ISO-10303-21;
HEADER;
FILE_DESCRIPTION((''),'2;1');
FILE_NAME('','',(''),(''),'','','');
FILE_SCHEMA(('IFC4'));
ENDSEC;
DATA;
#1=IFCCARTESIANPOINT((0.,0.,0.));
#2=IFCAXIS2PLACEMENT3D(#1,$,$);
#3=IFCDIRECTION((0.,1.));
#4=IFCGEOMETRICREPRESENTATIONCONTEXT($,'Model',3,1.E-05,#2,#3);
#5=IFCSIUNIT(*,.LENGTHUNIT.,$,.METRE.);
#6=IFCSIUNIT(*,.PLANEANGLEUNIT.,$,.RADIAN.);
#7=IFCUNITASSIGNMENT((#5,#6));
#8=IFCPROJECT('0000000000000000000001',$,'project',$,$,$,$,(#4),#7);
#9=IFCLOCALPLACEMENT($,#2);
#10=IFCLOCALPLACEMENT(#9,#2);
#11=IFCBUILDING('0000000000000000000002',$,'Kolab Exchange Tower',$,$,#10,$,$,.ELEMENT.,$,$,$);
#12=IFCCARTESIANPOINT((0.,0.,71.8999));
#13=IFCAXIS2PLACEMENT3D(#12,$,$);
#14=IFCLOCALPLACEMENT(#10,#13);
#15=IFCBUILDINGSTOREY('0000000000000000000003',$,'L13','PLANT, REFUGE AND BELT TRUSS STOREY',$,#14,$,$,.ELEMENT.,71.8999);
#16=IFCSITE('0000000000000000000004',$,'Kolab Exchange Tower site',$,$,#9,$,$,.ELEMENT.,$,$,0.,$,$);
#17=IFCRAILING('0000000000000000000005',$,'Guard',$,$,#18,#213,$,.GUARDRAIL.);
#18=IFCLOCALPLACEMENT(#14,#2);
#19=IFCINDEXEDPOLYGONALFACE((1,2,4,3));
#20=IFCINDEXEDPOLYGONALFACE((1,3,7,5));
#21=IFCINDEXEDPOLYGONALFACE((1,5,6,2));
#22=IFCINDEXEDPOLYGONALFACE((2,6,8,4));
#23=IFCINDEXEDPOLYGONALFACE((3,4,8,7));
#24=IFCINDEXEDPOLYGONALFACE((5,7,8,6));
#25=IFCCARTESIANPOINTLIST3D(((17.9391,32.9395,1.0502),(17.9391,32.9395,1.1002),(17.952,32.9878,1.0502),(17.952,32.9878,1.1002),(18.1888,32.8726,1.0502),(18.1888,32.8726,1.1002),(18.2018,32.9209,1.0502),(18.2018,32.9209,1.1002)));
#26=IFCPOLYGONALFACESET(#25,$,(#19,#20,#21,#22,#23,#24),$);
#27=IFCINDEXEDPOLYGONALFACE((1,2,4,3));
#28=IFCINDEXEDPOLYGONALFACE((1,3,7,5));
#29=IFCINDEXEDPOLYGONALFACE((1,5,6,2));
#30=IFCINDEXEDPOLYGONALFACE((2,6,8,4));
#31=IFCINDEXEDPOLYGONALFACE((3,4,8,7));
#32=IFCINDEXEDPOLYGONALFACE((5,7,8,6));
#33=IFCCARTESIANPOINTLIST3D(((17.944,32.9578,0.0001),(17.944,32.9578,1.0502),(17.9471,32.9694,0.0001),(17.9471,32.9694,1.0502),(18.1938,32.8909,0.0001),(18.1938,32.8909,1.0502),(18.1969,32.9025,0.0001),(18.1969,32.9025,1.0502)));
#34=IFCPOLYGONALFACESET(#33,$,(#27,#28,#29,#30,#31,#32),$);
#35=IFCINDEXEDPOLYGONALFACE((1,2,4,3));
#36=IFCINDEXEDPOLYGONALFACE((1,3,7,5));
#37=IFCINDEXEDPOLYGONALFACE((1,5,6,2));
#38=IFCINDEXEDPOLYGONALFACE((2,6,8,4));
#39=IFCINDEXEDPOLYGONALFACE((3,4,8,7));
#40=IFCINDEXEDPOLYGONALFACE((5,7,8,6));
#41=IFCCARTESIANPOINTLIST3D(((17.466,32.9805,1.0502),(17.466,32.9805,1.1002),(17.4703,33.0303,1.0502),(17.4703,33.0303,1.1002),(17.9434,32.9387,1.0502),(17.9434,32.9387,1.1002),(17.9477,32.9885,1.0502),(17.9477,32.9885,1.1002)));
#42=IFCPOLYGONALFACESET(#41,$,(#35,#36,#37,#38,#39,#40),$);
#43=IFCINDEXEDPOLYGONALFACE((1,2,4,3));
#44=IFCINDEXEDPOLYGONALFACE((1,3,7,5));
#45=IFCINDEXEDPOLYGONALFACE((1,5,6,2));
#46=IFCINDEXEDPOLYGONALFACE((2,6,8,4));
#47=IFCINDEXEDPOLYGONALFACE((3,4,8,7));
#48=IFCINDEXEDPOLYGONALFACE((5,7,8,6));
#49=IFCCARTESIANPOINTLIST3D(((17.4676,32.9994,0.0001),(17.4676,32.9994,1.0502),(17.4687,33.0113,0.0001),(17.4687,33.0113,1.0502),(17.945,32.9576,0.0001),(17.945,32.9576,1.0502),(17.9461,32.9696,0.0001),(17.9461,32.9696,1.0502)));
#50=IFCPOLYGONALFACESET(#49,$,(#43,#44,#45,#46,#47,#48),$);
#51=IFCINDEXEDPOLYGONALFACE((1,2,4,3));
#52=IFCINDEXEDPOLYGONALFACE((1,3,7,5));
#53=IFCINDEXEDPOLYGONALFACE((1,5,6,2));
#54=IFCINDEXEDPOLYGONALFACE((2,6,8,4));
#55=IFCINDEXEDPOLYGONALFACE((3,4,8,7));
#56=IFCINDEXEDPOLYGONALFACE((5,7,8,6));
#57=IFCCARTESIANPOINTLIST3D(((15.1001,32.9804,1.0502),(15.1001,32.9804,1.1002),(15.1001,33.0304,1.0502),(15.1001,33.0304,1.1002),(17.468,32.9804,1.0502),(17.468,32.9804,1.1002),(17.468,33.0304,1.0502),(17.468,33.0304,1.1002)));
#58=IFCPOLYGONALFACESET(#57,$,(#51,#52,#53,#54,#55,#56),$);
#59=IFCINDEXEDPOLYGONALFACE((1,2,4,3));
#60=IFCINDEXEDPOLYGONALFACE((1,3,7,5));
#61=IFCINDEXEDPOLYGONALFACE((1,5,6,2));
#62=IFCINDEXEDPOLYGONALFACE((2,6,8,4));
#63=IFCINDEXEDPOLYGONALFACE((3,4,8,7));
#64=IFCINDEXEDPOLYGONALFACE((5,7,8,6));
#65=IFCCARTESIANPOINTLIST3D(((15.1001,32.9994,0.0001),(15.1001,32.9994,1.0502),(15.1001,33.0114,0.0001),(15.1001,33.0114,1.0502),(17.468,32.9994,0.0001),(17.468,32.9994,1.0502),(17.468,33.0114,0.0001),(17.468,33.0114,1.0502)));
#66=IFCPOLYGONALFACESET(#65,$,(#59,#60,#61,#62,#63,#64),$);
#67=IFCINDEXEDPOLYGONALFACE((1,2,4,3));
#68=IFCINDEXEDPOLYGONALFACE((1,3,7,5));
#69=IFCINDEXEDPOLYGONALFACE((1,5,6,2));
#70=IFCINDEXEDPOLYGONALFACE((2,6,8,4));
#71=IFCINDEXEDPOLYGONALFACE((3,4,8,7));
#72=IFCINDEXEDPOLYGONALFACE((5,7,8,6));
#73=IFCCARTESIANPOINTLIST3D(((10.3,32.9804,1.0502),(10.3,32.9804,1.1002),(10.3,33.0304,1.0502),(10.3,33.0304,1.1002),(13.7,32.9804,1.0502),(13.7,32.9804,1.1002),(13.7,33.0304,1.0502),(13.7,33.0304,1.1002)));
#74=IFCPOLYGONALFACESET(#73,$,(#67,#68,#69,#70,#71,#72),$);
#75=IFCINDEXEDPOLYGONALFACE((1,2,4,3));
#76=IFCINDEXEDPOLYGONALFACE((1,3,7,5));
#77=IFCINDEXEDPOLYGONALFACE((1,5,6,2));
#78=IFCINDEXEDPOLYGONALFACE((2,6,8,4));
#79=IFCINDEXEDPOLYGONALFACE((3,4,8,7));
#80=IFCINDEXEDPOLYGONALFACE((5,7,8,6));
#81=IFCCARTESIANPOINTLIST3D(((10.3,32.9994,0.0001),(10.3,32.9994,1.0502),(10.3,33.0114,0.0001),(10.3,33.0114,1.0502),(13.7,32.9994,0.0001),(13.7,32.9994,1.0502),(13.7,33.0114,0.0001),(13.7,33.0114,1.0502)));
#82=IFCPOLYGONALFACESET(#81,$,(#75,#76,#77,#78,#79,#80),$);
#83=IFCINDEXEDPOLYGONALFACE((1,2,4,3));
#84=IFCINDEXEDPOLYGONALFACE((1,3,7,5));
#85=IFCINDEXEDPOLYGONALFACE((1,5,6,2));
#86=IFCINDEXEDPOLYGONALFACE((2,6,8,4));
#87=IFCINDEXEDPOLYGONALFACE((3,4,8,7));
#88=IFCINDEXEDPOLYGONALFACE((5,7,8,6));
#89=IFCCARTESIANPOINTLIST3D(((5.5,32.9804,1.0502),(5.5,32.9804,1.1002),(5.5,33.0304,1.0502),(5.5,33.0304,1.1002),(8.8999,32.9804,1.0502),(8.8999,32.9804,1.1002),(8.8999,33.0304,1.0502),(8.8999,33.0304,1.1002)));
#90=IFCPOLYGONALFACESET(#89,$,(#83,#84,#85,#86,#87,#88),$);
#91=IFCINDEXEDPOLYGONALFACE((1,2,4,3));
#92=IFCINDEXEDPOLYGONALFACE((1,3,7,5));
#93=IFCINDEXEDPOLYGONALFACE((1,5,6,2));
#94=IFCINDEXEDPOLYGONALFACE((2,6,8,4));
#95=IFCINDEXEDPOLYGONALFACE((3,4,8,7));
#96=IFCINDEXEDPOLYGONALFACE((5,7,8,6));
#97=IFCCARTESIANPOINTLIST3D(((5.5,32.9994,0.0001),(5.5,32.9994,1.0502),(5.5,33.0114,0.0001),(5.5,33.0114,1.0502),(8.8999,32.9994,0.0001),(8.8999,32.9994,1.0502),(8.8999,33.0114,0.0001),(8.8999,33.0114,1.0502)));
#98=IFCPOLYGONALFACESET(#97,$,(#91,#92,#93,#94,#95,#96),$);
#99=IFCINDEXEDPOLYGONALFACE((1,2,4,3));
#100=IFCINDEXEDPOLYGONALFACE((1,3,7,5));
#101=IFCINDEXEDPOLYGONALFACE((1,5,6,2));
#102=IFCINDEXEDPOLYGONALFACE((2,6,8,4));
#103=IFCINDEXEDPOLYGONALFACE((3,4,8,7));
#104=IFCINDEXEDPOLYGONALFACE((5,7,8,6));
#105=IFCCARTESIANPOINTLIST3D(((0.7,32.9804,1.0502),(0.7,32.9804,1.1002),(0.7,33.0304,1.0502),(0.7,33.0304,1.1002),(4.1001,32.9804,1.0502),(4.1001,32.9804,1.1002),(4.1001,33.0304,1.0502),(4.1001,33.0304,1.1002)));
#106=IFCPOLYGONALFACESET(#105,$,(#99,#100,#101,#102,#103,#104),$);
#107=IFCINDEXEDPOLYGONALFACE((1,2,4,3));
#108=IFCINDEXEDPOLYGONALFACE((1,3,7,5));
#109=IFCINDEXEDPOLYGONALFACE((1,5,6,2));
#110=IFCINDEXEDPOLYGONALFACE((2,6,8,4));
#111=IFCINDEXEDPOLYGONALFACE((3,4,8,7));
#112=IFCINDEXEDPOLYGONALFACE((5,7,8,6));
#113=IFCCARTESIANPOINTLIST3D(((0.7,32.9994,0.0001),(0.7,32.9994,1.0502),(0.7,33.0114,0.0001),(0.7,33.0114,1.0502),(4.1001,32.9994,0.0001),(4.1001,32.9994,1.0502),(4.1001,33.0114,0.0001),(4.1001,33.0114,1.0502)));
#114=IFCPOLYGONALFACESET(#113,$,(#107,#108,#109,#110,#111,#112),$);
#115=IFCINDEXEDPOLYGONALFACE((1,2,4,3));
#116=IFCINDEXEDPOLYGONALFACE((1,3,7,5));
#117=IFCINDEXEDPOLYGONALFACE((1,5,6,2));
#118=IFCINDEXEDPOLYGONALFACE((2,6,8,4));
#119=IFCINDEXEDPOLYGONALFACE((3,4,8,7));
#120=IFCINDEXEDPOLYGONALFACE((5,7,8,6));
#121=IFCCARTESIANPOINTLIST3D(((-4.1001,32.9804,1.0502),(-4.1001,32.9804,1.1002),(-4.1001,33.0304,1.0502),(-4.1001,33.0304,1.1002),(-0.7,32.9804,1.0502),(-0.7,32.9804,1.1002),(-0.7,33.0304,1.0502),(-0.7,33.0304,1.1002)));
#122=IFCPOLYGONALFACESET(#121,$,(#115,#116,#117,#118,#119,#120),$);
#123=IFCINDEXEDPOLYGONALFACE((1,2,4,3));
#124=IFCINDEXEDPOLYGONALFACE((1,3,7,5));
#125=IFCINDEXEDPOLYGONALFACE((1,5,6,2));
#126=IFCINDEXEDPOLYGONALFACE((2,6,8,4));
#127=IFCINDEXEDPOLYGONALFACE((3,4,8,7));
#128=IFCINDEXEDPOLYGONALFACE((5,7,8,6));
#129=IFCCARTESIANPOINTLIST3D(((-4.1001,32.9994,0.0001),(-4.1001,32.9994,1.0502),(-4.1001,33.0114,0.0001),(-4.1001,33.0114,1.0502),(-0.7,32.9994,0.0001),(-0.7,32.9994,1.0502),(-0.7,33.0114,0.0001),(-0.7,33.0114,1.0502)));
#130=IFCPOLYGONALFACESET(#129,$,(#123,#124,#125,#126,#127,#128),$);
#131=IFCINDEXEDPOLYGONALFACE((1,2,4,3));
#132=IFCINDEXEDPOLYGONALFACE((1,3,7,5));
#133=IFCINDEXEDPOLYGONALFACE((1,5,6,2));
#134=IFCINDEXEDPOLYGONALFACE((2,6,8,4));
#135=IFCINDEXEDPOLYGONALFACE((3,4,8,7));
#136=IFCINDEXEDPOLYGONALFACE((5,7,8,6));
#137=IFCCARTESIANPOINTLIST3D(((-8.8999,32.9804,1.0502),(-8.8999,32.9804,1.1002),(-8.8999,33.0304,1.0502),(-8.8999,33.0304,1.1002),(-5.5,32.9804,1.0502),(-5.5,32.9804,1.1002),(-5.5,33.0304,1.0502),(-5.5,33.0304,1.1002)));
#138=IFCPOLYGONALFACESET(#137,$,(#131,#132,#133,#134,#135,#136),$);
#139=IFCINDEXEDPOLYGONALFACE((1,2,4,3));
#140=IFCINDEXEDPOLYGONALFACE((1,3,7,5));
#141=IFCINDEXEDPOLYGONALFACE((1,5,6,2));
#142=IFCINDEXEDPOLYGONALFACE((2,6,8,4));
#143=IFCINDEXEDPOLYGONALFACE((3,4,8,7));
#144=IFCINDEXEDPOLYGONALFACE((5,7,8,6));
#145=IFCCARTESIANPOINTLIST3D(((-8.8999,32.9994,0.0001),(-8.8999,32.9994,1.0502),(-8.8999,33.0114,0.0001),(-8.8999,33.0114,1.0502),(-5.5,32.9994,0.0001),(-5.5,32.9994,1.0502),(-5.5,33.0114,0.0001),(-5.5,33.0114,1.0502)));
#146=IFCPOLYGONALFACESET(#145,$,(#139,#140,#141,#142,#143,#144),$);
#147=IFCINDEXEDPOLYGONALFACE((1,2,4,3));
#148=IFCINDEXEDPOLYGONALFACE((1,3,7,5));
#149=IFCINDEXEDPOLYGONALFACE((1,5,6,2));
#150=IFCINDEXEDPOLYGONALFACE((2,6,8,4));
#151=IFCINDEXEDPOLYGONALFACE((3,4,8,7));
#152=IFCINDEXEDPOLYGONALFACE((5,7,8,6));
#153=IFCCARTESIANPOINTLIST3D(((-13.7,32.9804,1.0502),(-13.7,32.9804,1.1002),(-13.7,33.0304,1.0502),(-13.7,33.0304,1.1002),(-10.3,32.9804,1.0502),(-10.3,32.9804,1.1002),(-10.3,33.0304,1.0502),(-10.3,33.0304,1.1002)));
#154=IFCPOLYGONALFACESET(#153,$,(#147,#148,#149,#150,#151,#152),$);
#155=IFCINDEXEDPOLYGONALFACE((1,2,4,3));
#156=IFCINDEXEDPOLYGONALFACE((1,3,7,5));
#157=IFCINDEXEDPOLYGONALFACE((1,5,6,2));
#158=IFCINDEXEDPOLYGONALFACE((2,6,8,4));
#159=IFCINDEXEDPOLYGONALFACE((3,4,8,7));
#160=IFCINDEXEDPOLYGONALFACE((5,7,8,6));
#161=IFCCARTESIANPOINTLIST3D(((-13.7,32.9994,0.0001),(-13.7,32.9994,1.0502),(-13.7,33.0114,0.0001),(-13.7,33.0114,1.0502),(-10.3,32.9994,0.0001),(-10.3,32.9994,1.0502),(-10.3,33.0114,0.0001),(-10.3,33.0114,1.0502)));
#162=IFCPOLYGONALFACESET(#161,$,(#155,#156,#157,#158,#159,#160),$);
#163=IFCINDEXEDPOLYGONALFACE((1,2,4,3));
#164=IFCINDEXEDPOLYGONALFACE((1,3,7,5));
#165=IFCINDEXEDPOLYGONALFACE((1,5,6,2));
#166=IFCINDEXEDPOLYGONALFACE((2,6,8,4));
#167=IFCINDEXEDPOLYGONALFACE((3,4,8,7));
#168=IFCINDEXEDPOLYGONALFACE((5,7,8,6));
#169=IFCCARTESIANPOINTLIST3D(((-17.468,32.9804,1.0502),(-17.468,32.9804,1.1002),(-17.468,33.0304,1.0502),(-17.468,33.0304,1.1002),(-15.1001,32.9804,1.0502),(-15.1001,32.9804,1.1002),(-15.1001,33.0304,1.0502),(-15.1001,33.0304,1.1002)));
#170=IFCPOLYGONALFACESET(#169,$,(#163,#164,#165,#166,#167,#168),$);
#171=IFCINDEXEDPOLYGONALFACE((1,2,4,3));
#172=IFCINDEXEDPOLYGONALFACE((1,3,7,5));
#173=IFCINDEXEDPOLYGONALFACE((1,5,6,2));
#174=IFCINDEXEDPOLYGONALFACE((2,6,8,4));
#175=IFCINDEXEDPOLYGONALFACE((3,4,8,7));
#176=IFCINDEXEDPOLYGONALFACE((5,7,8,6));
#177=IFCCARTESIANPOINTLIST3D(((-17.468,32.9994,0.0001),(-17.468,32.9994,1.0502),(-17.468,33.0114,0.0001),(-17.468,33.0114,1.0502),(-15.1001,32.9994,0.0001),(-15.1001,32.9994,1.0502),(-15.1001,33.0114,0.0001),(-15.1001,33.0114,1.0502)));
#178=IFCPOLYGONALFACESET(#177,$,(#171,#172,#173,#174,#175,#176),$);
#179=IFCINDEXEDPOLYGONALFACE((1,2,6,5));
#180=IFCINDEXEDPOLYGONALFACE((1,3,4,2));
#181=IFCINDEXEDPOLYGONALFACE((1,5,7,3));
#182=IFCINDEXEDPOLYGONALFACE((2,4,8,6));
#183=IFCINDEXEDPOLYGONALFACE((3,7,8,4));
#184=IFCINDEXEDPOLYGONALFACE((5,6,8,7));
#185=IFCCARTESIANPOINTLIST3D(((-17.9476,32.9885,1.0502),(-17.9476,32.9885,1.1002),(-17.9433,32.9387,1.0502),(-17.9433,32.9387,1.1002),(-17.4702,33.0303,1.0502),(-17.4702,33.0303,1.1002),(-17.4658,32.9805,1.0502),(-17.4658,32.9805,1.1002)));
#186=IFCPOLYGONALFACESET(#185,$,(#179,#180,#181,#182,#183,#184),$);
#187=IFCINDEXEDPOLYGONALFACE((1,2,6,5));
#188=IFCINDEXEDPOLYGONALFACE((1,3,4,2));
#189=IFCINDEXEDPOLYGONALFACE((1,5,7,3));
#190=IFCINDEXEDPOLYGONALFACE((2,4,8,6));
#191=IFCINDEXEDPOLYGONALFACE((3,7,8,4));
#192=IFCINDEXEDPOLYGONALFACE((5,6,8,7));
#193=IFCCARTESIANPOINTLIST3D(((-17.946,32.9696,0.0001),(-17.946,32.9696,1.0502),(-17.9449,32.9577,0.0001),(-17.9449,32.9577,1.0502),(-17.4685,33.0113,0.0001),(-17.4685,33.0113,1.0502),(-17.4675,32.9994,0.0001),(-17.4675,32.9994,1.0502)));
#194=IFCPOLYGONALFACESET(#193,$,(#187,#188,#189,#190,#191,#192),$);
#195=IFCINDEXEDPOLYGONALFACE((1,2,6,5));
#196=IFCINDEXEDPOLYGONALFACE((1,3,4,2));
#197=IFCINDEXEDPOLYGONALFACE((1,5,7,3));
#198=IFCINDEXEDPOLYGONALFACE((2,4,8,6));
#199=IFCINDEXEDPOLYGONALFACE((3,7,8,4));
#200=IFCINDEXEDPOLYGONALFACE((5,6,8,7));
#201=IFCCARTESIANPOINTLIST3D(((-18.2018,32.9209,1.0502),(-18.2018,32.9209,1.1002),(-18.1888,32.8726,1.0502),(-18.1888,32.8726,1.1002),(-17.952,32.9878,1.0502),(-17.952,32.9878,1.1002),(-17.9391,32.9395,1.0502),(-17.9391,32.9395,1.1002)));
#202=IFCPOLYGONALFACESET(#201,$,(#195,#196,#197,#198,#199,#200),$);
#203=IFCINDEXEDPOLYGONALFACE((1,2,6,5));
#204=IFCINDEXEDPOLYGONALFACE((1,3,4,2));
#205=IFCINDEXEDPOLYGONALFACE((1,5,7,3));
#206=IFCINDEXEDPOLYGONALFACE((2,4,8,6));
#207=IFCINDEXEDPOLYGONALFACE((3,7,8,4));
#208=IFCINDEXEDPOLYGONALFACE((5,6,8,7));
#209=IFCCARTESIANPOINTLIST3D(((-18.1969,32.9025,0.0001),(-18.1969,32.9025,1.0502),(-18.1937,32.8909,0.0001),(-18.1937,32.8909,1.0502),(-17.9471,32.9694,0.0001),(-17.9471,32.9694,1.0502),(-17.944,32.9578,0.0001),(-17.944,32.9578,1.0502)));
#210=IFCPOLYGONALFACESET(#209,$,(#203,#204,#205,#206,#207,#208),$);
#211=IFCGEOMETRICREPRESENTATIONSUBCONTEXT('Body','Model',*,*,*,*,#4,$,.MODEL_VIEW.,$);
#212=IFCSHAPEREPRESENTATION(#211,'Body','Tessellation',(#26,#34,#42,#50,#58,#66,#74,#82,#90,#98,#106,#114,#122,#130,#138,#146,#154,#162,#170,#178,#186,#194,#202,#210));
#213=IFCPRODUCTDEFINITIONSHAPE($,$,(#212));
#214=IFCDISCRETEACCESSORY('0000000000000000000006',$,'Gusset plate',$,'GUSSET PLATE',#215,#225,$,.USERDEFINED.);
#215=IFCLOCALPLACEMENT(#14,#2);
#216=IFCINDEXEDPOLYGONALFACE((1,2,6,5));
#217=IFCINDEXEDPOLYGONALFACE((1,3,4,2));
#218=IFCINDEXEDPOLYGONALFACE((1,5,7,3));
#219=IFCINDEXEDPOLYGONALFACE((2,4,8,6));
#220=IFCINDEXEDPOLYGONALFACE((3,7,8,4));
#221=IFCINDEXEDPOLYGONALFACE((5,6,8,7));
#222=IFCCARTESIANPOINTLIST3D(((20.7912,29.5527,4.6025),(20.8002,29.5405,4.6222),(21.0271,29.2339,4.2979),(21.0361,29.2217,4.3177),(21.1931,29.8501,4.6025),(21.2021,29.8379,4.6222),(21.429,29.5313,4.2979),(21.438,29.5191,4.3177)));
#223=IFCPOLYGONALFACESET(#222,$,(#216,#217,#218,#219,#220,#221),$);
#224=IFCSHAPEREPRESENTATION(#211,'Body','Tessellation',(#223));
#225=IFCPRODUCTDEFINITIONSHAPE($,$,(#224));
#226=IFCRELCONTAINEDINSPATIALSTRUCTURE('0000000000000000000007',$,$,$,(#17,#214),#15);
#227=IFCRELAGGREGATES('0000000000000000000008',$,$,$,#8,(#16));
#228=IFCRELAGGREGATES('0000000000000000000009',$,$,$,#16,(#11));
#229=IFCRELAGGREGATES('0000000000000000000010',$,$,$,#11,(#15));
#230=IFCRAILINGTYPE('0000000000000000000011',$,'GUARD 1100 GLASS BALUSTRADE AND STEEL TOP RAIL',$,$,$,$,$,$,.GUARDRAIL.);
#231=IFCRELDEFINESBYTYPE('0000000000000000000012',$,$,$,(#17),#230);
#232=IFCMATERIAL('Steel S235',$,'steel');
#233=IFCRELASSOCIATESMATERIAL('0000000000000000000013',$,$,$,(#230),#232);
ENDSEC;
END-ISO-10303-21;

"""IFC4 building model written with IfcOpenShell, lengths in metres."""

from ifc_helpers import new_model, si_unit, direction, frame, frame_2d, origin, origin_2d, place, context, subcontext, project, spatial, rectangle, extrude, material, type_object, element, save


model = new_model("IFC4")

# Units and contexts
model_context = context("Model", 3, precision=1e-05, world=origin(), true_north=direction((0.0, 1.0)))
body_context = subcontext(model_context, "Body", "Model", "MODEL_VIEW")
ifc_project = project(units=[si_unit("LENGTHUNIT", "METRE"), si_unit("PLANEANGLEUNIT", "RADIAN")], contexts=[model_context])

# Site, building, storey
site_placement = place(None, origin())
site = spatial("IfcSite", under=ifc_project, at=site_placement, Name="Kolab Exchange Tower site", CompositionType="ELEMENT", RefElevation=0.0)
building_placement = place(site_placement, origin())
building = spatial("IfcBuilding", under=site, at=building_placement, Name="Kolab Exchange Tower", CompositionType="ELEMENT")
storey_placement = place(building_placement, frame((0.0, 0.0, 71.8999)))
storey = spatial("IfcBuildingStorey", under=building, at=storey_placement, Name="L13", Description="PLANT, REFUGE AND BELT TRUSS STOREY", CompositionType="ELEMENT", Elevation=71.8999)

# Railing
ifc_material_1 = material(Name="Steel S235", Category="steel")
railing_type = type_object("IfcRailingType", Name="GUARD 1100 GLASS BALUSTRADE AND STEEL TOP RAIL", PredefinedType="GUARDRAIL", material=ifc_material_1)
railing_placement = place(storey_placement, frame((18.1953, 32.8967, 0.0)))
element("IfcRailing", 1, at=railing_placement, inside=storey, type_object=railing_type, Name="Guard", PredefinedType="GUARDRAIL", context=body_context, shape_type="SweptSolid", body=[
    extrude(rectangle(XDim=0.05, YDim=0.05, at=origin_2d()), frame((0.0, 0.0, 1.0752), z_axis=(-0.965952, 0.25872, 0.0), x_axis=(-0.25872, -0.965952, 0.0)), (0.0, 0.0, 1.0), 0.2585),
    extrude(rectangle(XDim=0.012, YDim=1.0501, at=frame_2d((0.0, 0.5251))), frame((0.0, 0.0, 0.0), z_axis=(-0.965952, 0.25872, 0.0), x_axis=(-0.25872, -0.965952, 0.0)), (0.0, 0.0, 1.0), 0.2585),
    extrude(rectangle(XDim=0.05, YDim=0.05, at=origin_2d()), frame((-0.2498, 0.0669, 1.0752), z_axis=(-0.9962, 0.087091, 0.0), x_axis=(-0.087091, -0.9962, 0.0)), (0.0, 0.0, 1.0), 0.4792),
    extrude(rectangle(XDim=0.012, YDim=1.0501, at=frame_2d((0.0, 0.5251))), frame((-0.2498, 0.0669, 0.0), z_axis=(-0.9962, 0.087091, 0.0), x_axis=(-0.087091, -0.9962, 0.0)), (0.0, 0.0, 1.0), 0.4792),
    extrude(rectangle(XDim=0.05, YDim=0.05, at=origin_2d()), frame((-0.7273, 0.1086, 1.0752), z_axis=(-1.0, 0.0, 0.0), x_axis=(0.0, -1.0, 0.0)), (0.0, 0.0, 1.0), 2.3679),
    extrude(rectangle(XDim=0.012, YDim=1.0501, at=frame_2d((0.0, 0.5251))), frame((-0.7273, 0.1086, 0.0), z_axis=(-1.0, 0.0, 0.0), x_axis=(0.0, -1.0, 0.0)), (0.0, 0.0, 1.0), 2.3679),
    extrude(rectangle(XDim=0.05, YDim=0.05, at=origin_2d()), frame((-4.4954, 0.1086, 1.0752), z_axis=(-1.0, 0.0, 0.0), x_axis=(0.0, -1.0, 0.0)), (0.0, 0.0, 1.0), 3.3999),
    extrude(rectangle(XDim=0.012, YDim=1.0501, at=frame_2d((0.0, 0.5251))), frame((-4.4954, 0.1086, 0.0), z_axis=(-1.0, 0.0, 0.0), x_axis=(0.0, -1.0, 0.0)), (0.0, 0.0, 1.0), 3.3999),
    extrude(rectangle(XDim=0.05, YDim=0.05, at=origin_2d()), frame((-9.2954, 0.1086, 1.0752), z_axis=(-1.0, 0.0, 0.0), x_axis=(0.0, -1.0, 0.0)), (0.0, 0.0, 1.0), 3.3999),
    extrude(rectangle(XDim=0.012, YDim=1.0501, at=frame_2d((0.0, 0.5251))), frame((-9.2954, 0.1086, 0.0), z_axis=(-1.0, 0.0, 0.0), x_axis=(0.0, -1.0, 0.0)), (0.0, 0.0, 1.0), 3.3999),
    extrude(rectangle(XDim=0.05, YDim=0.05, at=origin_2d()), frame((-14.0952, 0.1086, 1.0752), z_axis=(-1.0, 0.0, 0.0), x_axis=(0.0, -1.0, 0.0)), (0.0, 0.0, 1.0), 3.4001),
    extrude(rectangle(XDim=0.012, YDim=1.0501, at=frame_2d((0.0, 0.5251))), frame((-14.0952, 0.1086, 0.0), z_axis=(-1.0, 0.0, 0.0), x_axis=(0.0, -1.0, 0.0)), (0.0, 0.0, 1.0), 3.4001),
    extrude(rectangle(XDim=0.05, YDim=0.05, at=origin_2d()), frame((-18.8953, 0.1086, 1.0752), z_axis=(-1.0, 0.0, 0.0), x_axis=(0.0, -1.0, 0.0)), (0.0, 0.0, 1.0), 3.4001),
    extrude(rectangle(XDim=0.012, YDim=1.0501, at=frame_2d((0.0, 0.5251))), frame((-18.8953, 0.1086, 0.0), z_axis=(-1.0, 0.0, 0.0), x_axis=(0.0, -1.0, 0.0)), (0.0, 0.0, 1.0), 3.4001),
    extrude(rectangle(XDim=0.05, YDim=0.05, at=origin_2d()), frame((-23.6953, 0.1086, 1.0752), z_axis=(-1.0, 0.0, 0.0), x_axis=(0.0, -1.0, 0.0)), (0.0, 0.0, 1.0), 3.3999),
    extrude(rectangle(XDim=0.012, YDim=1.0501, at=frame_2d((0.0, 0.5251))), frame((-23.6953, 0.1086, 0.0), z_axis=(-1.0, 0.0, 0.0), x_axis=(0.0, -1.0, 0.0)), (0.0, 0.0, 1.0), 3.3999),
    extrude(rectangle(XDim=0.05, YDim=0.05, at=origin_2d()), frame((-28.4954, 0.1086, 1.0752), z_axis=(-1.0, 0.0, 0.0), x_axis=(0.0, -1.0, 0.0)), (0.0, 0.0, 1.0), 3.3999),
    extrude(rectangle(XDim=0.012, YDim=1.0501, at=frame_2d((0.0, 0.5251))), frame((-28.4954, 0.1086, 0.0), z_axis=(-1.0, 0.0, 0.0), x_axis=(0.0, -1.0, 0.0)), (0.0, 0.0, 1.0), 3.3999),
    extrude(rectangle(XDim=0.05, YDim=0.05, at=origin_2d()), frame((-33.2954, 0.1086, 1.0752), z_axis=(-1.0, 0.0, 0.0), x_axis=(0.0, -1.0, 0.0)), (0.0, 0.0, 1.0), 2.3679),
    extrude(rectangle(XDim=0.012, YDim=1.0501, at=frame_2d((0.0, 0.5251))), frame((-33.2954, 0.1086, 0.0), z_axis=(-1.0, 0.0, 0.0), x_axis=(0.0, -1.0, 0.0)), (0.0, 0.0, 1.0), 2.3679),
    extrude(rectangle(XDim=0.05, YDim=0.05, at=origin_2d()), frame((-35.6633, 0.1086, 1.0752), z_axis=(-0.9962, -0.087091, 0.0), x_axis=(0.087091, -0.9962, 0.0)), (0.0, 0.0, 1.0), 0.4792),
    extrude(rectangle(XDim=0.012, YDim=1.0501, at=frame_2d((0.0, 0.5251))), frame((-35.6633, 0.1086, 0.0), z_axis=(-0.9962, -0.087091, 0.0), x_axis=(0.087091, -0.9962, 0.0)), (0.0, 0.0, 1.0), 0.4792),
    extrude(rectangle(XDim=0.05, YDim=0.05, at=origin_2d()), frame((-36.1409, 0.0669, 1.0752), z_axis=(-0.965952, -0.25872, 0.0), x_axis=(0.25872, -0.965952, 0.0)), (0.0, 0.0, 1.0), 0.2585),
    extrude(rectangle(XDim=0.012, YDim=1.0501, at=frame_2d((0.0, 0.5251))), frame((-36.1409, 0.0669, 0.0), z_axis=(-0.965952, -0.25872, 0.0), x_axis=(0.25872, -0.965952, 0.0)), (0.0, 0.0, 1.0), 0.2585),
])

# Discrete accessory
for number, where, z_axis, x_axis, name in (
    (2, (21.1101, 29.542, 4.4502), (0.362293, -0.489585, 0.793127), (0.803842, 0.594843, 0.0), "Gusset plate"),
):
    element("IfcDiscreteAccessory", number, at=place(storey_placement, frame(where, z_axis=z_axis, x_axis=x_axis)), inside=storey, Name=name, ObjectType="GUSSET PLATE", PredefinedType="USERDEFINED", context=body_context, shape_type="SweptSolid", body=[
        extrude(rectangle(XDim=0.5, YDim=0.5, at=origin_2d()), origin(), (0.0, 0.0, 1.0), 0.0249),
    ])

save(model, "model.ifc")
